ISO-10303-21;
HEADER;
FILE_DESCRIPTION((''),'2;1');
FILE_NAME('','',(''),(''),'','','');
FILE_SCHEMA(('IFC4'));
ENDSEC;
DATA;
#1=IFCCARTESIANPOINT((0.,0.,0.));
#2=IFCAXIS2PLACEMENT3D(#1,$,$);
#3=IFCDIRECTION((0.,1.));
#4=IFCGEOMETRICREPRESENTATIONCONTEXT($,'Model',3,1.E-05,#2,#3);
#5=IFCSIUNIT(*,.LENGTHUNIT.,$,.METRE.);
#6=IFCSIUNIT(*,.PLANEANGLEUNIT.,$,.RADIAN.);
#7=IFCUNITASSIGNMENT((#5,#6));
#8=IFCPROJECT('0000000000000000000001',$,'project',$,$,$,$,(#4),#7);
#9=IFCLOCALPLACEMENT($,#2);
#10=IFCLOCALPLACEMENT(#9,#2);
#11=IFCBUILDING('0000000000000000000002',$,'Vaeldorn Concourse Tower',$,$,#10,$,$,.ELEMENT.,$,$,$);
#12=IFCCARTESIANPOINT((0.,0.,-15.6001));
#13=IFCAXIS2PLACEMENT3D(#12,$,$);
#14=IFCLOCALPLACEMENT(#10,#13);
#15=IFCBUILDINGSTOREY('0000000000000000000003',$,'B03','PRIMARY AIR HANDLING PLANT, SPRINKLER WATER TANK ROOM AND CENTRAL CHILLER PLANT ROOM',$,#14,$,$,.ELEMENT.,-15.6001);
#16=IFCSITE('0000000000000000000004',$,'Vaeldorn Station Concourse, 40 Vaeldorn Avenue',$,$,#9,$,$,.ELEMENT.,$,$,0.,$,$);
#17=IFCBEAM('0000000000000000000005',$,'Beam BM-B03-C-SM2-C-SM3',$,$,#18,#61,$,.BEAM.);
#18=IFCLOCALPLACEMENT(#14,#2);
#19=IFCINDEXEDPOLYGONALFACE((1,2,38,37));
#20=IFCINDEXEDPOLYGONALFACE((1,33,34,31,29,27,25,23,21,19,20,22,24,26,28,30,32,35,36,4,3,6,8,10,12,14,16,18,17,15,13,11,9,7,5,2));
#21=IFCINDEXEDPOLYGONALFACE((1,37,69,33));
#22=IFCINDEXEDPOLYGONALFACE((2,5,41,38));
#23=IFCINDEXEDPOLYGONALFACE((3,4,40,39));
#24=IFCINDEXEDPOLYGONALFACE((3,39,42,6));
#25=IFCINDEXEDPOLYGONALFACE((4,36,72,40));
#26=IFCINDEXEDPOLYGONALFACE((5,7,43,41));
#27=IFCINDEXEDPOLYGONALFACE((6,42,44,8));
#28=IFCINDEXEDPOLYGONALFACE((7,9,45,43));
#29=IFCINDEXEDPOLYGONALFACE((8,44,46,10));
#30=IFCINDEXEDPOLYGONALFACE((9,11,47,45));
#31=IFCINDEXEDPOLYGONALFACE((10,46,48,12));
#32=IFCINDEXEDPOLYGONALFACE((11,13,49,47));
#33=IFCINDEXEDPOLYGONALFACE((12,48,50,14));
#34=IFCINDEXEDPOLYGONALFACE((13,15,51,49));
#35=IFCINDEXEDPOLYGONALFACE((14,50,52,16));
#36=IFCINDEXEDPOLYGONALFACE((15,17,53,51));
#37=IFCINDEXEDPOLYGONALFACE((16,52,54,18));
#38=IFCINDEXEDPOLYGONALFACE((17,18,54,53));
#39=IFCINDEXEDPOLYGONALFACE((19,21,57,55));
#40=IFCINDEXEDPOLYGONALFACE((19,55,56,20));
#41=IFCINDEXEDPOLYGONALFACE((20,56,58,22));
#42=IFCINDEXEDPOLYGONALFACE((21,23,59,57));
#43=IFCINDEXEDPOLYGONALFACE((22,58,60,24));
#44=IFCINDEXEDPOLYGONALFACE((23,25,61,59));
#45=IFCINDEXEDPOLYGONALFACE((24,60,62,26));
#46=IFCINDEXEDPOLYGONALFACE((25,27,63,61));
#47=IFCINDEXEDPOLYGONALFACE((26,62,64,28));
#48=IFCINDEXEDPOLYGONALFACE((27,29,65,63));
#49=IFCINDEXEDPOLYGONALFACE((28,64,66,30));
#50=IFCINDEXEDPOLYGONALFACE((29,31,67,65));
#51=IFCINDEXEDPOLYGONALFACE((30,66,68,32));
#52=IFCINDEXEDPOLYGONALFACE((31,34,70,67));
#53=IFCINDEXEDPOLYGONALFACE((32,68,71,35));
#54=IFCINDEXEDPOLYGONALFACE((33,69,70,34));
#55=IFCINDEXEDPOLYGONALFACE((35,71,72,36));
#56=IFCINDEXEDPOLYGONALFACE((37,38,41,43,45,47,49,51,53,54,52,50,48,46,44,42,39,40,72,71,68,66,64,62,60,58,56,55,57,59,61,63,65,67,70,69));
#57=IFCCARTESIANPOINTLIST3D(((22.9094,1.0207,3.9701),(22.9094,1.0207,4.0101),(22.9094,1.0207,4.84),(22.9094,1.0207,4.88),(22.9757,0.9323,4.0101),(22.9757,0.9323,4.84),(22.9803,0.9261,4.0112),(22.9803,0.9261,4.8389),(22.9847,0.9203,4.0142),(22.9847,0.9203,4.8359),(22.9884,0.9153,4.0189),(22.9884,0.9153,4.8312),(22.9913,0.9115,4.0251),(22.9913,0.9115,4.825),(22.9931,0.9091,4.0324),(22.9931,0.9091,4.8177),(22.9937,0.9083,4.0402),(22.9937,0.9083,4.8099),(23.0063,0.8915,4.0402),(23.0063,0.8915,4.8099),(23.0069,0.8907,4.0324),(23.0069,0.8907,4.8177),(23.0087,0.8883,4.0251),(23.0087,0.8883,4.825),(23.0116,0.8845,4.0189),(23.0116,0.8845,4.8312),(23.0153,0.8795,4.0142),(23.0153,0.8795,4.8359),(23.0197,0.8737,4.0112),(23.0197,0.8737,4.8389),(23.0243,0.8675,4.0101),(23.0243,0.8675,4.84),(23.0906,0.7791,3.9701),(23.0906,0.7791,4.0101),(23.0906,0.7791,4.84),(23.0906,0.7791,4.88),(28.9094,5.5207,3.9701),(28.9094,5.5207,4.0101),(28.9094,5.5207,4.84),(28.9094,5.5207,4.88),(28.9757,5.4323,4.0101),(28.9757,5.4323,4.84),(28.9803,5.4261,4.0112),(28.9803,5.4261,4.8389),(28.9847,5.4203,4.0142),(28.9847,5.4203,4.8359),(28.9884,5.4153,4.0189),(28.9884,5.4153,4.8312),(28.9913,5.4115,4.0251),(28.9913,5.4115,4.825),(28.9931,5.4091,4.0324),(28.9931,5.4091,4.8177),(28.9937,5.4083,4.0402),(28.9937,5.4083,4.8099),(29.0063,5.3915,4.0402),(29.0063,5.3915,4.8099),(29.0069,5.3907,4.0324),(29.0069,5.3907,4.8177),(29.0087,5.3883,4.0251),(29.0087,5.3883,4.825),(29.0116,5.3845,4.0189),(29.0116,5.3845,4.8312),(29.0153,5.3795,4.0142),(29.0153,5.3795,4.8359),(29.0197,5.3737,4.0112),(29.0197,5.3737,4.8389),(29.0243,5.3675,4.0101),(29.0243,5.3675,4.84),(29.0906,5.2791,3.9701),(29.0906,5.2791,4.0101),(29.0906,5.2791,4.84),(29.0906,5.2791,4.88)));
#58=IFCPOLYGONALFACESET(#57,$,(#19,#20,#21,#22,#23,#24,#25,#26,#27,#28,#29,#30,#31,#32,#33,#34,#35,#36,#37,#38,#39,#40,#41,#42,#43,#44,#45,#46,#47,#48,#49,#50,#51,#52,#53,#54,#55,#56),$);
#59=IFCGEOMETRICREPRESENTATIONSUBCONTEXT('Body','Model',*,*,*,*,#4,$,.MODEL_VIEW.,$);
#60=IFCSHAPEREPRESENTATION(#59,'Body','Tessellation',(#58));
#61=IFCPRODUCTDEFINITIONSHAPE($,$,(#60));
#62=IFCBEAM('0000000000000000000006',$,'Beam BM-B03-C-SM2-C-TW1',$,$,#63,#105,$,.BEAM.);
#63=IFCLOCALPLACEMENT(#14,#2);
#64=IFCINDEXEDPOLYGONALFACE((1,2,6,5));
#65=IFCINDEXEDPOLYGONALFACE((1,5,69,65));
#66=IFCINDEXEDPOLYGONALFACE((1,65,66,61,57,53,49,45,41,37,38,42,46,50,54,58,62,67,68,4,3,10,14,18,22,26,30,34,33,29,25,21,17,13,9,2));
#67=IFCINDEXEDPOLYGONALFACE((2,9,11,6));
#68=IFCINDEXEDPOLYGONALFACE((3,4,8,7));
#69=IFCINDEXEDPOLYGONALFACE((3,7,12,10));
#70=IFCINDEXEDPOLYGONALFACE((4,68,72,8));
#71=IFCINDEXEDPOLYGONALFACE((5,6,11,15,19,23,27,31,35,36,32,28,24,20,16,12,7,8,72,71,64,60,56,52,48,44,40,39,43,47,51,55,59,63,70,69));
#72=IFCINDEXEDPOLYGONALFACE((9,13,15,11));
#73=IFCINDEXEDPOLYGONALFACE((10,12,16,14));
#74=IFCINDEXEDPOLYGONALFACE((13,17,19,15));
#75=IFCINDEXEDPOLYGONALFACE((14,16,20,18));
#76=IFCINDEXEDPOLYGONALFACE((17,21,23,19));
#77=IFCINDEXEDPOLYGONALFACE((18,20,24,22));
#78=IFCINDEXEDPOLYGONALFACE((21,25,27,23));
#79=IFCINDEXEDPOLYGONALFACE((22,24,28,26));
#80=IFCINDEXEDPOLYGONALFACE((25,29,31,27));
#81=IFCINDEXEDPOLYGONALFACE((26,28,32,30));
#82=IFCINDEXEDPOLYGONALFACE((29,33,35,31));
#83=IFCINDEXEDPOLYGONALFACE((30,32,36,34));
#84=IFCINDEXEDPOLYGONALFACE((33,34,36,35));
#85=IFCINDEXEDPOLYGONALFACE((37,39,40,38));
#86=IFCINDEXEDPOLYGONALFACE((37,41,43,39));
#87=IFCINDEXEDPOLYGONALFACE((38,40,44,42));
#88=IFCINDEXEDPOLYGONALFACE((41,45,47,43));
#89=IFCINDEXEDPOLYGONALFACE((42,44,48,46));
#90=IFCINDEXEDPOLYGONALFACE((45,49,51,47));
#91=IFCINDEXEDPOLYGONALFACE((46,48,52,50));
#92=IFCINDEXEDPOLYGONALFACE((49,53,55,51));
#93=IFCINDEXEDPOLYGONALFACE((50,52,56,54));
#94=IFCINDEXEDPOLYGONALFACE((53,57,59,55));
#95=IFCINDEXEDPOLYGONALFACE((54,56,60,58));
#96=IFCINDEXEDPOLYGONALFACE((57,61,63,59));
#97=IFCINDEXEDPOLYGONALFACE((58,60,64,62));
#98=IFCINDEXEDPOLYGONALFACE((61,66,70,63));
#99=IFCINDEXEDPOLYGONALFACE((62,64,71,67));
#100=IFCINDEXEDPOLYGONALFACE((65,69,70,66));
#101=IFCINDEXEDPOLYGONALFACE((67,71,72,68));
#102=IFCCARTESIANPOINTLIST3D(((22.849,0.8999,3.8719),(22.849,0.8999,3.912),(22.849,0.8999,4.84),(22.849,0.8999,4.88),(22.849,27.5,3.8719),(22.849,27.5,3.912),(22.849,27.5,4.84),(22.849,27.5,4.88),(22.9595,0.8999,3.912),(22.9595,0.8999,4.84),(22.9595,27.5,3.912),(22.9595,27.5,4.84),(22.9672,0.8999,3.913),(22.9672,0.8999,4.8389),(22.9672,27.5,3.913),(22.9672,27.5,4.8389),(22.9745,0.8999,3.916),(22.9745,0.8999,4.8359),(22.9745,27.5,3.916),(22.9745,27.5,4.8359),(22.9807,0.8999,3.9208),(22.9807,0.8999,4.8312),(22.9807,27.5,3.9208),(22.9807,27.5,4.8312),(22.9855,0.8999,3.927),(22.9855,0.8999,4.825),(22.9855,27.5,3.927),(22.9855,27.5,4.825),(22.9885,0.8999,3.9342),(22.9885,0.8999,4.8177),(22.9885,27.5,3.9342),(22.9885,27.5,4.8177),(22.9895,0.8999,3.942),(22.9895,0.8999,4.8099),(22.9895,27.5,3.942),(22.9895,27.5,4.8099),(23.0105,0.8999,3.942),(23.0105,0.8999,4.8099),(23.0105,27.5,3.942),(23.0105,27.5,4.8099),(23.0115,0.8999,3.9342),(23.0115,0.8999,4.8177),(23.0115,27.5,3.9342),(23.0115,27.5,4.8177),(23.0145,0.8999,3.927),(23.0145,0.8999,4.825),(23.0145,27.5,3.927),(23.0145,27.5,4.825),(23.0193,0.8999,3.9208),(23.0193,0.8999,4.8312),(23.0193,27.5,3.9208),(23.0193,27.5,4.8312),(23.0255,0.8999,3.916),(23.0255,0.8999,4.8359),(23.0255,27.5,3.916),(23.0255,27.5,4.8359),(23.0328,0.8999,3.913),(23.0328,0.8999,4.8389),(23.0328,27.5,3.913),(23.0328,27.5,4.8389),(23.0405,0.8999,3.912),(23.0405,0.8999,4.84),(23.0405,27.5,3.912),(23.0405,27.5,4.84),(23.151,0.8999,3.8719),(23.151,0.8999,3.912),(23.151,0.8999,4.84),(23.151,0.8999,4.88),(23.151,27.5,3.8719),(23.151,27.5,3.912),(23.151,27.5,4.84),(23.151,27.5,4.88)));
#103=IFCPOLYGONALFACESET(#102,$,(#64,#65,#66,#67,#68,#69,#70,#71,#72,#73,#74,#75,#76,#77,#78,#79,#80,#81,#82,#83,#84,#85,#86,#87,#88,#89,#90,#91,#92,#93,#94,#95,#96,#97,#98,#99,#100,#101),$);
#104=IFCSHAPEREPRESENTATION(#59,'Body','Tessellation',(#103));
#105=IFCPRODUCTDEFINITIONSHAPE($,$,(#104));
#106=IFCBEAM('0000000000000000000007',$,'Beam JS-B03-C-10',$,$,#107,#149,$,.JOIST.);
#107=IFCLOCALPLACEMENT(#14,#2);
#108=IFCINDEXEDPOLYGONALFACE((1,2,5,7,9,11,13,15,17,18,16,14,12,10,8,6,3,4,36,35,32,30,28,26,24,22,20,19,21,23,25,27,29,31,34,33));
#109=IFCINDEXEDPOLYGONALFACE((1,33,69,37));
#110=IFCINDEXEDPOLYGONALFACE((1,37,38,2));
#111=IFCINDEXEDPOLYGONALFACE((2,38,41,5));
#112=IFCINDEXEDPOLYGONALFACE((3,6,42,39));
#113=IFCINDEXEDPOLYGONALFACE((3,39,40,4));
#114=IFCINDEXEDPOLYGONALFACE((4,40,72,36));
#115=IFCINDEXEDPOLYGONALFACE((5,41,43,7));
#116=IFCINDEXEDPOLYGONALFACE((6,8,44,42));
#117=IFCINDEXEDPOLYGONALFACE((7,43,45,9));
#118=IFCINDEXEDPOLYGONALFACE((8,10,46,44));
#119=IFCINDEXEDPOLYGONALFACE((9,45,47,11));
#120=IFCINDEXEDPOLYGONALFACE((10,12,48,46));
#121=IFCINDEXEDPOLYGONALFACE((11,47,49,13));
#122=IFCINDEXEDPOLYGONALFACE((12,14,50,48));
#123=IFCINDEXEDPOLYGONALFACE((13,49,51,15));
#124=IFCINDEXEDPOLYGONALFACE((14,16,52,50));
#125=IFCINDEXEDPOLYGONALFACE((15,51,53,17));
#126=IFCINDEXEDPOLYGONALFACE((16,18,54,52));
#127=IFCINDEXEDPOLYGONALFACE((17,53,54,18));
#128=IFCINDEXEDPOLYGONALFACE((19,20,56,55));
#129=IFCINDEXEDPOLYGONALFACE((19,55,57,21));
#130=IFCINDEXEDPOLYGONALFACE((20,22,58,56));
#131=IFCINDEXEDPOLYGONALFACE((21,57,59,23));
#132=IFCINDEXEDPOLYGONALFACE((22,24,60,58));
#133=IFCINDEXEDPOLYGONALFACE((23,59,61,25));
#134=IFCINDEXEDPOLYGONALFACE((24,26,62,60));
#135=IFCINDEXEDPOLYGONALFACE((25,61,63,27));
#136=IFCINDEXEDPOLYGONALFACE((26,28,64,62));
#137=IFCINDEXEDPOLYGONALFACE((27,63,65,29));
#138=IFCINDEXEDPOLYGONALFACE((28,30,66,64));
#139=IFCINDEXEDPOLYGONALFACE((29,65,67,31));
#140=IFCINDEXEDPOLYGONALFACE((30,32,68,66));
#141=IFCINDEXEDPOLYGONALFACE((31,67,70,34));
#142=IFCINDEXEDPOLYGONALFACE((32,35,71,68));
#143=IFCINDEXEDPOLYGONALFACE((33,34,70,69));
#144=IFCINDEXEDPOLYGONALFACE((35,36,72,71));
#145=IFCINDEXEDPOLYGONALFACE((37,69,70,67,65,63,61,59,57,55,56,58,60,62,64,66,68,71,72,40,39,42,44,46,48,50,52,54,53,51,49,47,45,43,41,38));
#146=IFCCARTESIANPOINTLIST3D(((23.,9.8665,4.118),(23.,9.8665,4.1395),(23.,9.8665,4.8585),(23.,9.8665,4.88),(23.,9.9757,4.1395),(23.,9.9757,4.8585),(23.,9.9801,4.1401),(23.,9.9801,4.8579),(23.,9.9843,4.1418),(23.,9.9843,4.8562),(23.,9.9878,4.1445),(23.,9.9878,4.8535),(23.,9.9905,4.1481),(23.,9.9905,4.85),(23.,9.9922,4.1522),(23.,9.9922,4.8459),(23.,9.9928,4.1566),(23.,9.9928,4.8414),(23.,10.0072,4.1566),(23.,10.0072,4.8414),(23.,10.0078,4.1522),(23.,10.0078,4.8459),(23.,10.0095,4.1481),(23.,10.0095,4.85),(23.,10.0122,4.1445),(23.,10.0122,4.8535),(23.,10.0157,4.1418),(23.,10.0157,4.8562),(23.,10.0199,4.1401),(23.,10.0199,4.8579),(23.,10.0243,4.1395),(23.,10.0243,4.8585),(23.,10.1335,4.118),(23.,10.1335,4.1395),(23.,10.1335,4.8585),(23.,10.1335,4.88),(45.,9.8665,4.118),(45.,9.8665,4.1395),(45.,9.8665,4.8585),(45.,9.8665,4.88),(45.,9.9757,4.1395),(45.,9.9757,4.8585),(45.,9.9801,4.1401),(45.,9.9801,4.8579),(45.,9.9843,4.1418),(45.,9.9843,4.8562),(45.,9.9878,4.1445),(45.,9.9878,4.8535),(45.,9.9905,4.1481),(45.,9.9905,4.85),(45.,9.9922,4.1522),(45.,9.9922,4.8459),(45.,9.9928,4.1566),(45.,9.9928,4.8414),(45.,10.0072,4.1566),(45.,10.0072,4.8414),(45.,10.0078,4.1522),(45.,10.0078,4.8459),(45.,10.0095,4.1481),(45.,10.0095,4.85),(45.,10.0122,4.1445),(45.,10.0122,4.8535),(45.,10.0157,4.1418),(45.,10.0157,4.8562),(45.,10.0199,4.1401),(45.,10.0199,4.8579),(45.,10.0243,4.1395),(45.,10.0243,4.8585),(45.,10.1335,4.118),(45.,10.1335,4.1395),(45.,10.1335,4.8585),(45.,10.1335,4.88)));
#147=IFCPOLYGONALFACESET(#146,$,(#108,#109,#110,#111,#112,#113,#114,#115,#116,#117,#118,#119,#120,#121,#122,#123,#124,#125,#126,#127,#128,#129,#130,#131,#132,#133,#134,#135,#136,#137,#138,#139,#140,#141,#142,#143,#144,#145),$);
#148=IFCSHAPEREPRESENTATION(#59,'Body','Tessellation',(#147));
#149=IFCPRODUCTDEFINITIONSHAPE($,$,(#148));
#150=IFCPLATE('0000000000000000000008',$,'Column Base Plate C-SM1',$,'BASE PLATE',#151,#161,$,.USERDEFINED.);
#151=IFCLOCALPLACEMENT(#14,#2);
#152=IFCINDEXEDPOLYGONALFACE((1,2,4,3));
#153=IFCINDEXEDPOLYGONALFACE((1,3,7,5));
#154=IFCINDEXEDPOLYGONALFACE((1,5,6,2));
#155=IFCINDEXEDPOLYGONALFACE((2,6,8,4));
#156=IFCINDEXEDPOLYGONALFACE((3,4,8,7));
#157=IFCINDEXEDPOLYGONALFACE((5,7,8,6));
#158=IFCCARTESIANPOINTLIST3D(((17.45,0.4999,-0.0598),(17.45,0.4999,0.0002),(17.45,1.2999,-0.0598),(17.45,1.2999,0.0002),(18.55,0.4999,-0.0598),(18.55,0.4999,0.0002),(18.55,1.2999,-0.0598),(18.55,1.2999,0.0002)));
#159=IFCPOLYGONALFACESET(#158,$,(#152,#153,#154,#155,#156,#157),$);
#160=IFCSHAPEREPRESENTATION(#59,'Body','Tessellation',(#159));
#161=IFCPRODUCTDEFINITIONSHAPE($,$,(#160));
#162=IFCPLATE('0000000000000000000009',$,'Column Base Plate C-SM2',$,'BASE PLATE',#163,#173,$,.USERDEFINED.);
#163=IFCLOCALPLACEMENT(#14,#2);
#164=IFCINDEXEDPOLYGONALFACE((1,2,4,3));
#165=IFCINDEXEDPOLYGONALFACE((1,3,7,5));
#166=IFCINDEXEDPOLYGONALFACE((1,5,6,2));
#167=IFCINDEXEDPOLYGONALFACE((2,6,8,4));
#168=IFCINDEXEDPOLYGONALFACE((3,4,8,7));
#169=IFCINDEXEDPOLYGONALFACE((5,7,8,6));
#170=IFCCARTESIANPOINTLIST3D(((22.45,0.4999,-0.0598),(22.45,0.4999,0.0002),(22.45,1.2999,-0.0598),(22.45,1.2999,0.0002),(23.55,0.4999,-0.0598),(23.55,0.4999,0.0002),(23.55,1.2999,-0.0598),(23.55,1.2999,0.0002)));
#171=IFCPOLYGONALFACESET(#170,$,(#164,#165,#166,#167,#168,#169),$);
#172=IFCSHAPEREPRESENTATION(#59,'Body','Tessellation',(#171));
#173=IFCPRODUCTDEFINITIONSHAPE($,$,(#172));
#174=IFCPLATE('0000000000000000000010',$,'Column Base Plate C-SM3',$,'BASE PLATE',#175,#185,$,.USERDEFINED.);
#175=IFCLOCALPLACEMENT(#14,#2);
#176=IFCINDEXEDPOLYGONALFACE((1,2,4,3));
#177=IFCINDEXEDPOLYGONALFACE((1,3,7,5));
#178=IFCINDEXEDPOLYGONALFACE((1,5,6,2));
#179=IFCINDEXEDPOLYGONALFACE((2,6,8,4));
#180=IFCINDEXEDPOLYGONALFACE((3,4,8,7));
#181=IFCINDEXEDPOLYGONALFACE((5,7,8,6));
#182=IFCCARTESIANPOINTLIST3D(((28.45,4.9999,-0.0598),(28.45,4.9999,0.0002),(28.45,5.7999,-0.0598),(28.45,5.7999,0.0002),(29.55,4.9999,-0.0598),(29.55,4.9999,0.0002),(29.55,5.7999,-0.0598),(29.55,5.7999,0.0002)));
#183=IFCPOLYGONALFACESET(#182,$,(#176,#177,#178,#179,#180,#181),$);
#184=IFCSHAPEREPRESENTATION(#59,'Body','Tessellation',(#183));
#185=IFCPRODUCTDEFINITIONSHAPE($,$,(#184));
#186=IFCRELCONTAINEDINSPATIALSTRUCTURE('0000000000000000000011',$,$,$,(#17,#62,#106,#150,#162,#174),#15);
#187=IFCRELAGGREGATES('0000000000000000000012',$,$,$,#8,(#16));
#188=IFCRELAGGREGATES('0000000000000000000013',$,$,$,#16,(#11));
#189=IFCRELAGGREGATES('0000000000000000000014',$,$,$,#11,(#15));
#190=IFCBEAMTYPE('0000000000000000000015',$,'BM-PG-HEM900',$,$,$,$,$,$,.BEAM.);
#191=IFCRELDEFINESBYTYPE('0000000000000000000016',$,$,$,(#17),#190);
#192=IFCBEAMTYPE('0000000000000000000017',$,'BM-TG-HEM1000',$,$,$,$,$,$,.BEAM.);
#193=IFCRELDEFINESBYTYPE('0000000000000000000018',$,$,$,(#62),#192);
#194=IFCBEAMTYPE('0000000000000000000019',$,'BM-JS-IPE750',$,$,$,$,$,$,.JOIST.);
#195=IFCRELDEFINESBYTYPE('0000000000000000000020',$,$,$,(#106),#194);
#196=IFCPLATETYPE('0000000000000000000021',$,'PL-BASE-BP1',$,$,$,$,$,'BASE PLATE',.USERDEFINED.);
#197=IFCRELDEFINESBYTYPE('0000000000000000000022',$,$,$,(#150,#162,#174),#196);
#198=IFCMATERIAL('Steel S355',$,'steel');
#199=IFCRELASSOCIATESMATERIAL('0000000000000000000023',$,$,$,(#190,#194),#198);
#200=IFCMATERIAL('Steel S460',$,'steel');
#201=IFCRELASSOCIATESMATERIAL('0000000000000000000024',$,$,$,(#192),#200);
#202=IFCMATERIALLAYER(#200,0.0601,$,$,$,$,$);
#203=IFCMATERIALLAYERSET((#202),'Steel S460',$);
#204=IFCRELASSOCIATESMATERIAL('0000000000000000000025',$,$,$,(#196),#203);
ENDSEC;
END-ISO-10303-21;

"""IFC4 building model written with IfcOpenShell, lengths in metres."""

from ifc_helpers import new_model, si_unit, direction, frame, origin, origin_2d, place, context, subcontext, project, spatial, rectangle, i_section, extrude, source, transform, mapped, material, layer, layer_set, material_profile, profile_set, type_object, element, save


model = new_model("IFC4")

# Units and contexts
model_context = context("Model", 3, precision=1e-05, world=origin(), true_north=direction((0.0, 1.0)))
body_context = subcontext(model_context, "Body", "Model", "MODEL_VIEW")
ifc_project = project(units=[si_unit("LENGTHUNIT", "METRE"), si_unit("PLANEANGLEUNIT", "RADIAN")], contexts=[model_context])

# Site, building, storey
site_placement = place(None, origin())
site = spatial("IfcSite", under=ifc_project, at=site_placement, Name="Vaeldorn Station Concourse, 40 Vaeldorn Avenue", CompositionType="ELEMENT", RefElevation=0.0)
building_placement = place(site_placement, origin())
building = spatial("IfcBuilding", under=site, at=building_placement, Name="Vaeldorn Concourse Tower", CompositionType="ELEMENT")
storey_placement = place(building_placement, frame((0.0, 0.0, -15.6001)))
storey = spatial("IfcBuildingStorey", under=building, at=storey_placement, Name="B03", Description="PRIMARY AIR HANDLING PLANT, SPRINKLER WATER TANK ROOM AND CENTRAL CHILLER PLANT ROOM", CompositionType="ELEMENT", Elevation=-15.6001)

# Shared definitions
ifc_material_1 = material(Name="Steel S460", Category="steel")

# Beams
ifc_material_2 = material(Name="Steel S355", Category="steel")
ifc_material_profile_1 = material_profile(ifc_material_2, i_section(OverallWidth=0.302, OverallDepth=0.9099, WebThickness=0.021, FlangeThickness=0.04, FilletRadius=0.03, at=origin_2d()), Name="HEM 900")
ifc_profile_set_1 = profile_set([ifc_material_profile_1], Name="Steel S355")
beam_type_1 = type_object("IfcBeamType", Name="BM-PG-HEM900", PredefinedType="BEAM", material=ifc_profile_set_1)
shared_shape_1 = source(origin(), body_context, "Body", "SweptSolid", [
    extrude(i_section(OverallWidth=0.302, OverallDepth=0.9099, WebThickness=0.021, FlangeThickness=0.04, FilletRadius=0.03, at=origin_2d()), origin(), (0.0, 0.0, 1.0), 7.5),
])
beam_1_placement = place(storey_placement, frame((23.0, 0.8999, 4.425), z_axis=(0.8, 0.6, 0.0), x_axis=(-0.6, 0.8, 0.0)))
element("IfcBeam", 1, at=beam_1_placement, inside=storey, type_object=beam_type_1, Name="Beam BM-B03-C-SM2-C-SM3", PredefinedType="BEAM", context=body_context, shape_type="MappedRepresentation", body=[
    mapped(shared_shape_1, transform((0.0, 0.0, 0.0), scale=1.0)),
])
ifc_material_profile_2 = material_profile(ifc_material_1, i_section(OverallWidth=0.302, OverallDepth=1.0081, WebThickness=0.021, FlangeThickness=0.04, FilletRadius=0.03, at=origin_2d()), Name="HEM 1000")
ifc_profile_set_2 = profile_set([ifc_material_profile_2], Name="Steel S460")
beam_type_2 = type_object("IfcBeamType", Name="BM-TG-HEM1000", PredefinedType="BEAM", material=ifc_profile_set_2)
shared_shape_2 = source(origin(), body_context, "Body", "SweptSolid", [
    extrude(i_section(OverallWidth=0.302, OverallDepth=1.0081, WebThickness=0.021, FlangeThickness=0.04, FilletRadius=0.03, at=origin_2d()), origin(), (0.0, 0.0, 1.0), 26.6001),
])
beam_2_placement = place(storey_placement, frame((23.0, 0.8999, 4.376), z_axis=(0.0, 1.0, 0.0), x_axis=(-1.0, 0.0, 0.0)))
element("IfcBeam", 2, at=beam_2_placement, inside=storey, type_object=beam_type_2, Name="Beam BM-B03-C-SM2-C-TW1", PredefinedType="BEAM", context=body_context, shape_type="MappedRepresentation", body=[
    mapped(shared_shape_2, transform((0.0, 0.0, 0.0), scale=1.0)),
])
ifc_material_profile_3 = material_profile(ifc_material_2, i_section(OverallWidth=0.2671, OverallDepth=0.762, WebThickness=0.0144, FlangeThickness=0.0215, FilletRadius=0.0171, at=origin_2d()), Name="IPE 750x173")
ifc_profile_set_3 = profile_set([ifc_material_profile_3], Name="Steel S355")
beam_type_3 = type_object("IfcBeamType", Name="BM-JS-IPE750", PredefinedType="JOIST", material=ifc_profile_set_3)
shared_shape_3 = source(origin(), body_context, "Body", "SweptSolid", [
    extrude(i_section(OverallWidth=0.2671, OverallDepth=0.762, WebThickness=0.0144, FlangeThickness=0.0215, FilletRadius=0.0171, at=origin_2d()), origin(), (0.0, 0.0, 1.0), 22.0),
])
beam_3_placement = place(storey_placement, frame((23.0, 10.0, 4.499), z_axis=(1.0, 0.0, 0.0), x_axis=(0.0, 1.0, 0.0)))
element("IfcBeam", 3, at=beam_3_placement, inside=storey, type_object=beam_type_3, Name="Beam JS-B03-C-10", PredefinedType="JOIST", context=body_context, shape_type="MappedRepresentation", body=[
    mapped(shared_shape_3, transform((0.0, 0.0, 0.0), scale=1.0)),
])

# Plates
ifc_layer_1 = layer(ifc_material_1, 0.0601)
ifc_layer_set_1 = layer_set([ifc_layer_1], Name="Steel S460")
plate_type = type_object("IfcPlateType", Name="PL-BASE-BP1", ElementType="BASE PLATE", PredefinedType="USERDEFINED", material=ifc_layer_set_1)
shared_shape_4 = source(origin(), body_context, "Body", "SweptSolid", [
    extrude(rectangle(XDim=1.1001, YDim=0.8, at=origin_2d()), origin(), (0.0, 0.0, 1.0), 0.0601),
])
for number, where, z_axis, x_axis, name in (
    (4, (18.0, 0.8999, -0.0598), (0.0, 0.0, 1.0), (1.0, 0.0, 0.0), "Column Base Plate C-SM1"),
    (5, (23.0, 0.8999, -0.0598), (0.0, 0.0, 1.0), (1.0, 0.0, 0.0), "Column Base Plate C-SM2"),
    (6, (29.0, 5.3999, -0.0598), (0.0, 0.0, 1.0), (1.0, 0.0, 0.0), "Column Base Plate C-SM3"),
):
    element("IfcPlate", number, at=place(storey_placement, frame(where, z_axis=z_axis, x_axis=x_axis)), inside=storey, type_object=plate_type, Name=name, ObjectType="BASE PLATE", PredefinedType="USERDEFINED", context=body_context, shape_type="MappedRepresentation", body=[
        mapped(shared_shape_4, transform((0.0, 0.0, 0.0), scale=1.0)),
    ])

save(model, "model.ifc")
